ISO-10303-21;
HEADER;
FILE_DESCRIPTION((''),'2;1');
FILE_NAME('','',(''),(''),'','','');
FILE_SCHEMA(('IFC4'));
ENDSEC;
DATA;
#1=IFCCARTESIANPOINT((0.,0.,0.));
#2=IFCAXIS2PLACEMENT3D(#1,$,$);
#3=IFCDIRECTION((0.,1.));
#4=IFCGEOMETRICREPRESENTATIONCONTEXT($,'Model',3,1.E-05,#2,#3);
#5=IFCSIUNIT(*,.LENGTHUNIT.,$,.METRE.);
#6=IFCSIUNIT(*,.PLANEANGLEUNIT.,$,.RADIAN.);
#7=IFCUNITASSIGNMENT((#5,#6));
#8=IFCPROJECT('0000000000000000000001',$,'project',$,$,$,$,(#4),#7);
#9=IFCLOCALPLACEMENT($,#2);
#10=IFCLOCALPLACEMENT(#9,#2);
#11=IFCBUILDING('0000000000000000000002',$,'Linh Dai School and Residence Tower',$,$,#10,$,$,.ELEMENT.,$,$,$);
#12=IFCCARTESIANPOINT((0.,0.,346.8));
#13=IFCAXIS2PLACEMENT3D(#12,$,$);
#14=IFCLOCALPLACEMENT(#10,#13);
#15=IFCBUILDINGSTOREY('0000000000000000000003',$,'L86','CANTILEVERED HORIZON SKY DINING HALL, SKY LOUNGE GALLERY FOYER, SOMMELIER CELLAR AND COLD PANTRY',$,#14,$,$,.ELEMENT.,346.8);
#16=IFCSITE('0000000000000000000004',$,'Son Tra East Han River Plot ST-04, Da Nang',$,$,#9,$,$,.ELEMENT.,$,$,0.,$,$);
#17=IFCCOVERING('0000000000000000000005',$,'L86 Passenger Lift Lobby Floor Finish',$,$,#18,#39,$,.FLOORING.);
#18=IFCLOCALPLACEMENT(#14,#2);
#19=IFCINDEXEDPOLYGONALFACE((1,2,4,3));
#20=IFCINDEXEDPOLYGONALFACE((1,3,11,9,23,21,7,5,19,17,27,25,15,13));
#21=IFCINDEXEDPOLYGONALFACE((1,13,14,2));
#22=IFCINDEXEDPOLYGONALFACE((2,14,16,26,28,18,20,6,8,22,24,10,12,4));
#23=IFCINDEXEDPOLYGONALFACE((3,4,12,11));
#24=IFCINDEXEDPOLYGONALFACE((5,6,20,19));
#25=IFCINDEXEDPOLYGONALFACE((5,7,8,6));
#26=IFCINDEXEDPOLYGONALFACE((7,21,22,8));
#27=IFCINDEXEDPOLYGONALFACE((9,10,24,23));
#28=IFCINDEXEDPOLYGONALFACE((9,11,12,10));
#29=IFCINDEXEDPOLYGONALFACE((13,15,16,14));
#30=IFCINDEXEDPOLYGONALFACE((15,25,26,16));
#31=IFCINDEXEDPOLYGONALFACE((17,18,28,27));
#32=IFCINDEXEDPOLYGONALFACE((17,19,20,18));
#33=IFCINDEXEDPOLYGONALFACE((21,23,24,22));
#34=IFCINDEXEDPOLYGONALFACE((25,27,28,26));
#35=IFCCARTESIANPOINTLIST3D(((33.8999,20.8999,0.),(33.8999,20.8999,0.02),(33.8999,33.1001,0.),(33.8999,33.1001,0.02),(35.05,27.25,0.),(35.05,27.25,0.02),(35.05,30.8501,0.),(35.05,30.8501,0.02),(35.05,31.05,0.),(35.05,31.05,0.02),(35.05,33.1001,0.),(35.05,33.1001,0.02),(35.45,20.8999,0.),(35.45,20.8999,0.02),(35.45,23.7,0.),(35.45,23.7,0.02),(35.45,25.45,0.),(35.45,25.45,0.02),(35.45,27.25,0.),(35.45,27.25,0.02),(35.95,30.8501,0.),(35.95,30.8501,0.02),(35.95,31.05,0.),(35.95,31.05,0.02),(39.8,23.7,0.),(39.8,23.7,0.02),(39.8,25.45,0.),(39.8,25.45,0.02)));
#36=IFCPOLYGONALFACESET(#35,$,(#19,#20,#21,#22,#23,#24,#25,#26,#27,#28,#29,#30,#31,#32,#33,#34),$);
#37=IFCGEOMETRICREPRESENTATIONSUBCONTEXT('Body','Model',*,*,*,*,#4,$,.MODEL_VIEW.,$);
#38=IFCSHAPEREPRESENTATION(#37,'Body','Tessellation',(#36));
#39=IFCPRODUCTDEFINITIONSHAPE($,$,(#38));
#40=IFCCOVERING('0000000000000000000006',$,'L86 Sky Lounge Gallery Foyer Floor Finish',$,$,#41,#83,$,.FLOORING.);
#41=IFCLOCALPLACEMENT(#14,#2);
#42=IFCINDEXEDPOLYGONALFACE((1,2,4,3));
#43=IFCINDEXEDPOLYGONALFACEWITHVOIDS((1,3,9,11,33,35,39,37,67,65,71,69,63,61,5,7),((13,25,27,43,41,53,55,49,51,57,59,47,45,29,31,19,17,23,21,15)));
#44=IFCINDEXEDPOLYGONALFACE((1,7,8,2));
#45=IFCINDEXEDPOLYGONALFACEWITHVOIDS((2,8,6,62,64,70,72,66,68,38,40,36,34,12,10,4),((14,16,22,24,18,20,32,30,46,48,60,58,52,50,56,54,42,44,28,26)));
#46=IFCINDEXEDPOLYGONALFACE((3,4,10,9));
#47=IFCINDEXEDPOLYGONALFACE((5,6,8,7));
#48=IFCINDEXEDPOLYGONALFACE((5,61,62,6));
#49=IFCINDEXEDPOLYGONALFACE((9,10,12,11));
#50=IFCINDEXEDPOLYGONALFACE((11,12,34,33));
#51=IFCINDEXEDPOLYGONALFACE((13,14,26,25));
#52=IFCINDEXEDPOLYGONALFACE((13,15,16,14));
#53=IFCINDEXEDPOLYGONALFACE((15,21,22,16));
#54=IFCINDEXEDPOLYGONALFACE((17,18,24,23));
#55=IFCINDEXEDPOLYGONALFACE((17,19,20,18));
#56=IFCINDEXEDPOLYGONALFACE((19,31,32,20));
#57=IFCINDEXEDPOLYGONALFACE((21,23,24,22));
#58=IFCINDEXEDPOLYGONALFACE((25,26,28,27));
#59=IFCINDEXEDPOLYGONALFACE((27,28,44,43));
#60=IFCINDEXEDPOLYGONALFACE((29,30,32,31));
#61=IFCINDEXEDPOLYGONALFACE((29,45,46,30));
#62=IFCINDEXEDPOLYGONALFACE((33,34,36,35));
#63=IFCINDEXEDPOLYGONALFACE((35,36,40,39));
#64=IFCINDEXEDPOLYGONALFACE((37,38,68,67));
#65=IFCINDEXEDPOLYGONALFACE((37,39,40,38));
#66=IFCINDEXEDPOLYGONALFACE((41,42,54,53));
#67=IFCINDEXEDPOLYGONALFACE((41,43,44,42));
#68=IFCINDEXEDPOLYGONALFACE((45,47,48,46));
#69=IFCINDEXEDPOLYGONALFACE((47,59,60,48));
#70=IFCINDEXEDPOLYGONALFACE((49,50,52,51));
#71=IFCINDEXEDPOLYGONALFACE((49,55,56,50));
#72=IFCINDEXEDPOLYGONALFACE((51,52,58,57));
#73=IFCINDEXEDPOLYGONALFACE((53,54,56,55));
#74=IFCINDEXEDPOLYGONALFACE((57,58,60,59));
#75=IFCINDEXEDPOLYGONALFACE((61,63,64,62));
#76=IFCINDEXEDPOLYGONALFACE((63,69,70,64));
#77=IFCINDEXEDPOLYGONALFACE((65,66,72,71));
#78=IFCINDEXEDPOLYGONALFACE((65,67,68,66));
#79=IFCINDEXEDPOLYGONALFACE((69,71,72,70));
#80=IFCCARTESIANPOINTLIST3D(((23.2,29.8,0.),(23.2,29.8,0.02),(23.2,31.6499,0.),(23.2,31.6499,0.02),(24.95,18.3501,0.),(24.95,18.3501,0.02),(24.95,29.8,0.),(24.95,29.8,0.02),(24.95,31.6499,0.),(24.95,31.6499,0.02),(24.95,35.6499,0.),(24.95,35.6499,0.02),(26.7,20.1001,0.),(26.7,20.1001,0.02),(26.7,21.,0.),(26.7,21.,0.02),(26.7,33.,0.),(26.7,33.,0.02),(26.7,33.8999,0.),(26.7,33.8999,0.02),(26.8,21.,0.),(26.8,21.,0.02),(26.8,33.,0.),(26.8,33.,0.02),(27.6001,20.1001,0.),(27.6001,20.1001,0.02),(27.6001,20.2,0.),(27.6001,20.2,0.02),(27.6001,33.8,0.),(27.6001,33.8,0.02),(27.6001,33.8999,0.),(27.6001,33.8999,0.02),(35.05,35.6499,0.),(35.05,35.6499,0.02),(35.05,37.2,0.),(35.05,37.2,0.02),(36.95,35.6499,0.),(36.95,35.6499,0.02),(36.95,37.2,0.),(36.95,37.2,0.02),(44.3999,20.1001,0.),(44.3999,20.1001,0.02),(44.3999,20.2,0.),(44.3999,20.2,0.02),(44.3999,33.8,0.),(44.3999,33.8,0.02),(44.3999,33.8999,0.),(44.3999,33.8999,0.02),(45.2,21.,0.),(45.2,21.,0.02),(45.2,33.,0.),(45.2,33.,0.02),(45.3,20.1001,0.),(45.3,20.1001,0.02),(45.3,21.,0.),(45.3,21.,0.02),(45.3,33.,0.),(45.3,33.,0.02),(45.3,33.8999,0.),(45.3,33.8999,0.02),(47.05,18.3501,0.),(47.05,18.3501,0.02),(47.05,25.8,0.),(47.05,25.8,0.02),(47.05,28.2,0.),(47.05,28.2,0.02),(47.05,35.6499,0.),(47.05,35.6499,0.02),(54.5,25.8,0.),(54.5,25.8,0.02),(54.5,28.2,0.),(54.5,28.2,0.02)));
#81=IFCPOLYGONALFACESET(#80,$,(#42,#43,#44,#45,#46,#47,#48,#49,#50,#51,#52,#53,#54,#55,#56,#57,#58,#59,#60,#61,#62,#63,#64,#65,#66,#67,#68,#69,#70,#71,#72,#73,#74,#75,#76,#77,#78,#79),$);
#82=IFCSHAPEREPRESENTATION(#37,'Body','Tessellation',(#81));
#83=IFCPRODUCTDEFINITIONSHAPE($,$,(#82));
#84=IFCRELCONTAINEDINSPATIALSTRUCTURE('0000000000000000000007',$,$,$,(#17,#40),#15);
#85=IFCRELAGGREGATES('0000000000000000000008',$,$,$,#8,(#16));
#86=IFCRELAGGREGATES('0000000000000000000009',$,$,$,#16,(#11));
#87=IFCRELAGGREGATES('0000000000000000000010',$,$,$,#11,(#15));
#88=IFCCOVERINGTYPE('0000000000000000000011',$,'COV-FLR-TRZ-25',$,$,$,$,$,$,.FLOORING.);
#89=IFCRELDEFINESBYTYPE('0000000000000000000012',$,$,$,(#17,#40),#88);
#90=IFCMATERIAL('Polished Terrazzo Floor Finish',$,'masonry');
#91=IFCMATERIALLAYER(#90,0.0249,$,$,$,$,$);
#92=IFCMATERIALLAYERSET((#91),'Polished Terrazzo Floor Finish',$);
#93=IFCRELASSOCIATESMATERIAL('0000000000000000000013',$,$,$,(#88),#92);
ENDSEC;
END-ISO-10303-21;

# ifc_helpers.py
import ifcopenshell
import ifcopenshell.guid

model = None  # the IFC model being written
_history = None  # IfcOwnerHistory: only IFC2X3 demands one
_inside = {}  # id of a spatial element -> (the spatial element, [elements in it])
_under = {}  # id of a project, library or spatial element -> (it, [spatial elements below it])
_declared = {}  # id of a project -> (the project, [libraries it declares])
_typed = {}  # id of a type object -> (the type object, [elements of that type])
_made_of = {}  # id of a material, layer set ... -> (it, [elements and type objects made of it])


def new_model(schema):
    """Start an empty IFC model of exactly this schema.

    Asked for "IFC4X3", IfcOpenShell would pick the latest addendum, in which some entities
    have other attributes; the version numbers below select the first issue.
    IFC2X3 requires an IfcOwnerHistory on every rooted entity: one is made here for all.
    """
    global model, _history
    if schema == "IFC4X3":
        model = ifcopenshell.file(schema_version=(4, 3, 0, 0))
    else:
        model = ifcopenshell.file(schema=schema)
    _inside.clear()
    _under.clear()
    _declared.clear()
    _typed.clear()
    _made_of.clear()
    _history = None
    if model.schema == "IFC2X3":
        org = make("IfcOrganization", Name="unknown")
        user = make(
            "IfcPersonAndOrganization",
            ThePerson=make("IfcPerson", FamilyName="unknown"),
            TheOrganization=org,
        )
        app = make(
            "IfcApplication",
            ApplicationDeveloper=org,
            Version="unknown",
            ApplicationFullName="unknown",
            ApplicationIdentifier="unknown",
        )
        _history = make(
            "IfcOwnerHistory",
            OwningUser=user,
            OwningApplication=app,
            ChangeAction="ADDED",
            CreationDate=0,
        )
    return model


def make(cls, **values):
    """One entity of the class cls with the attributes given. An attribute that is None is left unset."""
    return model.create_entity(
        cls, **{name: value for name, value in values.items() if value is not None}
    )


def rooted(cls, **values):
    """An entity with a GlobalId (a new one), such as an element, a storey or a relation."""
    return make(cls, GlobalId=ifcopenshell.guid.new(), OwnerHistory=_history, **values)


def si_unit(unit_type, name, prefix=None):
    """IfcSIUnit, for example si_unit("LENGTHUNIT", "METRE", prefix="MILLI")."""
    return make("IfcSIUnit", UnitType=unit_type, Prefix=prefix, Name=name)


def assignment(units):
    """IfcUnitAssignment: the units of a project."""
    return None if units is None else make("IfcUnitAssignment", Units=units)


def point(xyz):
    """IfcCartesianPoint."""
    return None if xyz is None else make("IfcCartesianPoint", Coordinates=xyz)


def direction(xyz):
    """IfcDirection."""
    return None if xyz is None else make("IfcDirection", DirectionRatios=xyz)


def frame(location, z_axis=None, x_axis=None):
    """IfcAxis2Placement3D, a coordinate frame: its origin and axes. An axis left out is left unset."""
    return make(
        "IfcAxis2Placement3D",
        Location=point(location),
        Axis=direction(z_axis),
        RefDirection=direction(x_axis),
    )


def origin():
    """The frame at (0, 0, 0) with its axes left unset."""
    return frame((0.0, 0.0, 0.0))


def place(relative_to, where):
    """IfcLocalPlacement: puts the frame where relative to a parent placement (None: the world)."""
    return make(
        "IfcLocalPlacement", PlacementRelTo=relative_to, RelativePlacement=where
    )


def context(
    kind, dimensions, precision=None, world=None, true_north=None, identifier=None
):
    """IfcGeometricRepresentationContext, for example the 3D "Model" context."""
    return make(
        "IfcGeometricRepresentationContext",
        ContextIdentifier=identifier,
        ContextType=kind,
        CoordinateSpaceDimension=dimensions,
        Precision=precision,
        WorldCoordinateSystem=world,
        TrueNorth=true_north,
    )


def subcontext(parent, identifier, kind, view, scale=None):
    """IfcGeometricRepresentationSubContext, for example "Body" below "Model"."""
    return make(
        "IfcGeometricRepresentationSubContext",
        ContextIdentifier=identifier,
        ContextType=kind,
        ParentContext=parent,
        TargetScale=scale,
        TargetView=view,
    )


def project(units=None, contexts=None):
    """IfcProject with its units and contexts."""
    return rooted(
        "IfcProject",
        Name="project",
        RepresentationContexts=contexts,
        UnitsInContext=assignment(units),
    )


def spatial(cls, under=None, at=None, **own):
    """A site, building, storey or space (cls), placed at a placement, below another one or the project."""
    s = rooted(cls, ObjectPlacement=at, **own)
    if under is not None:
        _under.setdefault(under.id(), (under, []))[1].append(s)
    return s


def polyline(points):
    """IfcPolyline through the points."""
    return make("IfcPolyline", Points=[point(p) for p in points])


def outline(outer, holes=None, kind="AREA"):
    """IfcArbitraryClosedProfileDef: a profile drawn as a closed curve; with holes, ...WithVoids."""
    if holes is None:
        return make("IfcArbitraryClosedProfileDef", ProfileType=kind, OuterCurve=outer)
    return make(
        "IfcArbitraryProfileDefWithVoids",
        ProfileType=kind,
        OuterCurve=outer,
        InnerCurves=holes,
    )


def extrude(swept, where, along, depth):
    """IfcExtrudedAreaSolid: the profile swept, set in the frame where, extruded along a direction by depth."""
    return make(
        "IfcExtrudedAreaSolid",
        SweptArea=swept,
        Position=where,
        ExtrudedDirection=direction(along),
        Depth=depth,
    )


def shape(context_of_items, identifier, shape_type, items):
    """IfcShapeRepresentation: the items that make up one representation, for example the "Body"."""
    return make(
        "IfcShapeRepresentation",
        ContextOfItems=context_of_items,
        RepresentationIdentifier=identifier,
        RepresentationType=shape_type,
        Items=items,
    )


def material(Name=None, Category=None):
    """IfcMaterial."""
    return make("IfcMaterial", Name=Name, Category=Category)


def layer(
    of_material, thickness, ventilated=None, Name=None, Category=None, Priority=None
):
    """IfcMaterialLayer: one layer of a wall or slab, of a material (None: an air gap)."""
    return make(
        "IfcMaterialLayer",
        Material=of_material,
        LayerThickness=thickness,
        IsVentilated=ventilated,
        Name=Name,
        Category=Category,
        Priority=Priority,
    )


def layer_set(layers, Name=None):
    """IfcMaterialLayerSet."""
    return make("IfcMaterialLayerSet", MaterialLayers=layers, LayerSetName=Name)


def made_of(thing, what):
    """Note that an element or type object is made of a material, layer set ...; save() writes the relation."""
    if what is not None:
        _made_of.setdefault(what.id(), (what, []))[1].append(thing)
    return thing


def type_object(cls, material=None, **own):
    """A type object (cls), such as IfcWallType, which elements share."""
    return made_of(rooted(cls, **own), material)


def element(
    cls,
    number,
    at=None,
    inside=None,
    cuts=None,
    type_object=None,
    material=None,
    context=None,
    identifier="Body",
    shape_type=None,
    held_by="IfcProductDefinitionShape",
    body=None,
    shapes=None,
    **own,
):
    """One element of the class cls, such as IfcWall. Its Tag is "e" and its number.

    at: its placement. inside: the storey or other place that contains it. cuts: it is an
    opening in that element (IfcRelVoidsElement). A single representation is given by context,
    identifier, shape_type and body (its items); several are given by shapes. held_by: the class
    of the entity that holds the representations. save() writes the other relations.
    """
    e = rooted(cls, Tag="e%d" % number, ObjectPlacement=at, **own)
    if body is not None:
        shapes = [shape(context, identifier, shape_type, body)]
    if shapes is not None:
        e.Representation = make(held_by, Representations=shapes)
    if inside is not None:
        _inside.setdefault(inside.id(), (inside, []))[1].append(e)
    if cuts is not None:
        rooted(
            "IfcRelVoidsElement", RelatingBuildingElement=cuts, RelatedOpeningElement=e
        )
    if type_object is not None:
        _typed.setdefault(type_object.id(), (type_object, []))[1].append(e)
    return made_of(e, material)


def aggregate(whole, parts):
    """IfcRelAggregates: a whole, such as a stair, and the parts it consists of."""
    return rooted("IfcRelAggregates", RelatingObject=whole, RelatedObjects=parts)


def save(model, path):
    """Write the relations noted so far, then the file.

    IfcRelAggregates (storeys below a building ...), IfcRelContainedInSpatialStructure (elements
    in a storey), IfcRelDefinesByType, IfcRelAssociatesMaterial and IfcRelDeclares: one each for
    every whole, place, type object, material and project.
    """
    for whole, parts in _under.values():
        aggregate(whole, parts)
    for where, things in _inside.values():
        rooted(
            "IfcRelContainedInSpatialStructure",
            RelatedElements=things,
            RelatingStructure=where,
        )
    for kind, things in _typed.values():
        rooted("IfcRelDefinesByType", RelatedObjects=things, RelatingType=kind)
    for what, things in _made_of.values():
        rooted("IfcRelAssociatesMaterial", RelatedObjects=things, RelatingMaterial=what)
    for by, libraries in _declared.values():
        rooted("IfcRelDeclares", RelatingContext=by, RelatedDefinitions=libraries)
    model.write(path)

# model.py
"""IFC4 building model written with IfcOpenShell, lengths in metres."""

from ifc_helpers import new_model, si_unit, direction, frame, origin, place, context, subcontext, project, spatial, polyline, outline, extrude, material, layer, layer_set, type_object, element, save


model = new_model("IFC4")

# Units and contexts
model_context = context("Model", 3, precision=1e-05, world=origin(), true_north=direction((0.0, 1.0)))
body_context = subcontext(model_context, "Body", "Model", "MODEL_VIEW")
ifc_project = project(units=[si_unit("LENGTHUNIT", "METRE"), si_unit("PLANEANGLEUNIT", "RADIAN")], contexts=[model_context])

# Site, building, storey
site_placement = place(None, origin())
site = spatial("IfcSite", under=ifc_project, at=site_placement, Name="Son Tra East Han River Plot ST-04, Da Nang", CompositionType="ELEMENT", RefElevation=0.0)
building_placement = place(site_placement, origin())
building = spatial("IfcBuilding", under=site, at=building_placement, Name="Linh Dai School and Residence Tower", CompositionType="ELEMENT")
storey_placement = place(building_placement, frame((0.0, 0.0, 346.8)))
storey = spatial("IfcBuildingStorey", under=building, at=storey_placement, Name="L86", Description="CANTILEVERED HORIZON SKY DINING HALL, SKY LOUNGE GALLERY FOYER, SOMMELIER CELLAR AND COLD PANTRY", CompositionType="ELEMENT", Elevation=346.8)

# Coverings
ifc_material_1 = material(Name="Polished Terrazzo Floor Finish", Category="masonry")
ifc_layer_1 = layer(ifc_material_1, 0.0249)
ifc_layer_set_1 = layer_set([ifc_layer_1], Name="Polished Terrazzo Floor Finish")
covering_type_1 = type_object("IfcCoveringType", Name="COV-FLR-TRZ-25", PredefinedType="FLOORING", material=ifc_layer_set_1)
covering_1_placement = place(storey_placement, origin())
element("IfcCovering", 1, at=covering_1_placement, inside=storey, type_object=covering_type_1, Name="L86 Passenger Lift Lobby Floor Finish", PredefinedType="FLOORING", context=body_context, shape_type="SweptSolid", body=[
    extrude(outline(polyline([(35.05, 33.1001), (35.05, 31.05), (35.95, 31.05), (35.95, 30.8501), (35.05, 30.8501), (35.05, 27.25), (35.45, 27.25), (35.45, 25.45), (39.8, 25.45), (39.8, 23.7), (35.45, 23.7), (35.45, 20.8999), (33.8999, 20.8999), (33.8999, 33.1001), (35.05, 33.1001)])), origin(), (0.0, 0.0, 1.0), 0.02),
])
covering_2_placement = place(storey_placement, origin())
element("IfcCovering", 2, at=covering_2_placement, inside=storey, type_object=covering_type_1, Name="L86 Sky Lounge Gallery Foyer Floor Finish", PredefinedType="FLOORING", context=body_context, shape_type="SweptSolid", body=[
    extrude(outline(polyline([(24.95, 31.6499), (24.95, 35.6499), (35.05, 35.6499), (35.05, 37.2), (36.95, 37.2), (36.95, 35.6499), (47.05, 35.6499), (47.05, 28.2), (54.5, 28.2), (54.5, 25.8), (47.05, 25.8), (47.05, 18.3501), (24.95, 18.3501), (24.95, 29.8), (23.2, 29.8), (23.2, 31.6499), (24.95, 31.6499)]), holes=[polyline([(27.6001, 33.8), (27.6001, 33.8999), (26.7, 33.8999), (26.7, 33.0), (26.8, 33.0), (26.8, 21.0), (26.7, 21.0), (26.7, 20.1001), (27.6001, 20.1001), (27.6001, 20.2), (44.3999, 20.2), (44.3999, 20.1001), (45.3, 20.1001), (45.3, 21.0), (45.2, 21.0), (45.2, 33.0), (45.3, 33.0), (45.3, 33.8999), (44.3999, 33.8999), (44.3999, 33.8), (27.6001, 33.8)])]), origin(), (0.0, 0.0, 1.0), 0.02),
])

save(model, "model.ifc")
